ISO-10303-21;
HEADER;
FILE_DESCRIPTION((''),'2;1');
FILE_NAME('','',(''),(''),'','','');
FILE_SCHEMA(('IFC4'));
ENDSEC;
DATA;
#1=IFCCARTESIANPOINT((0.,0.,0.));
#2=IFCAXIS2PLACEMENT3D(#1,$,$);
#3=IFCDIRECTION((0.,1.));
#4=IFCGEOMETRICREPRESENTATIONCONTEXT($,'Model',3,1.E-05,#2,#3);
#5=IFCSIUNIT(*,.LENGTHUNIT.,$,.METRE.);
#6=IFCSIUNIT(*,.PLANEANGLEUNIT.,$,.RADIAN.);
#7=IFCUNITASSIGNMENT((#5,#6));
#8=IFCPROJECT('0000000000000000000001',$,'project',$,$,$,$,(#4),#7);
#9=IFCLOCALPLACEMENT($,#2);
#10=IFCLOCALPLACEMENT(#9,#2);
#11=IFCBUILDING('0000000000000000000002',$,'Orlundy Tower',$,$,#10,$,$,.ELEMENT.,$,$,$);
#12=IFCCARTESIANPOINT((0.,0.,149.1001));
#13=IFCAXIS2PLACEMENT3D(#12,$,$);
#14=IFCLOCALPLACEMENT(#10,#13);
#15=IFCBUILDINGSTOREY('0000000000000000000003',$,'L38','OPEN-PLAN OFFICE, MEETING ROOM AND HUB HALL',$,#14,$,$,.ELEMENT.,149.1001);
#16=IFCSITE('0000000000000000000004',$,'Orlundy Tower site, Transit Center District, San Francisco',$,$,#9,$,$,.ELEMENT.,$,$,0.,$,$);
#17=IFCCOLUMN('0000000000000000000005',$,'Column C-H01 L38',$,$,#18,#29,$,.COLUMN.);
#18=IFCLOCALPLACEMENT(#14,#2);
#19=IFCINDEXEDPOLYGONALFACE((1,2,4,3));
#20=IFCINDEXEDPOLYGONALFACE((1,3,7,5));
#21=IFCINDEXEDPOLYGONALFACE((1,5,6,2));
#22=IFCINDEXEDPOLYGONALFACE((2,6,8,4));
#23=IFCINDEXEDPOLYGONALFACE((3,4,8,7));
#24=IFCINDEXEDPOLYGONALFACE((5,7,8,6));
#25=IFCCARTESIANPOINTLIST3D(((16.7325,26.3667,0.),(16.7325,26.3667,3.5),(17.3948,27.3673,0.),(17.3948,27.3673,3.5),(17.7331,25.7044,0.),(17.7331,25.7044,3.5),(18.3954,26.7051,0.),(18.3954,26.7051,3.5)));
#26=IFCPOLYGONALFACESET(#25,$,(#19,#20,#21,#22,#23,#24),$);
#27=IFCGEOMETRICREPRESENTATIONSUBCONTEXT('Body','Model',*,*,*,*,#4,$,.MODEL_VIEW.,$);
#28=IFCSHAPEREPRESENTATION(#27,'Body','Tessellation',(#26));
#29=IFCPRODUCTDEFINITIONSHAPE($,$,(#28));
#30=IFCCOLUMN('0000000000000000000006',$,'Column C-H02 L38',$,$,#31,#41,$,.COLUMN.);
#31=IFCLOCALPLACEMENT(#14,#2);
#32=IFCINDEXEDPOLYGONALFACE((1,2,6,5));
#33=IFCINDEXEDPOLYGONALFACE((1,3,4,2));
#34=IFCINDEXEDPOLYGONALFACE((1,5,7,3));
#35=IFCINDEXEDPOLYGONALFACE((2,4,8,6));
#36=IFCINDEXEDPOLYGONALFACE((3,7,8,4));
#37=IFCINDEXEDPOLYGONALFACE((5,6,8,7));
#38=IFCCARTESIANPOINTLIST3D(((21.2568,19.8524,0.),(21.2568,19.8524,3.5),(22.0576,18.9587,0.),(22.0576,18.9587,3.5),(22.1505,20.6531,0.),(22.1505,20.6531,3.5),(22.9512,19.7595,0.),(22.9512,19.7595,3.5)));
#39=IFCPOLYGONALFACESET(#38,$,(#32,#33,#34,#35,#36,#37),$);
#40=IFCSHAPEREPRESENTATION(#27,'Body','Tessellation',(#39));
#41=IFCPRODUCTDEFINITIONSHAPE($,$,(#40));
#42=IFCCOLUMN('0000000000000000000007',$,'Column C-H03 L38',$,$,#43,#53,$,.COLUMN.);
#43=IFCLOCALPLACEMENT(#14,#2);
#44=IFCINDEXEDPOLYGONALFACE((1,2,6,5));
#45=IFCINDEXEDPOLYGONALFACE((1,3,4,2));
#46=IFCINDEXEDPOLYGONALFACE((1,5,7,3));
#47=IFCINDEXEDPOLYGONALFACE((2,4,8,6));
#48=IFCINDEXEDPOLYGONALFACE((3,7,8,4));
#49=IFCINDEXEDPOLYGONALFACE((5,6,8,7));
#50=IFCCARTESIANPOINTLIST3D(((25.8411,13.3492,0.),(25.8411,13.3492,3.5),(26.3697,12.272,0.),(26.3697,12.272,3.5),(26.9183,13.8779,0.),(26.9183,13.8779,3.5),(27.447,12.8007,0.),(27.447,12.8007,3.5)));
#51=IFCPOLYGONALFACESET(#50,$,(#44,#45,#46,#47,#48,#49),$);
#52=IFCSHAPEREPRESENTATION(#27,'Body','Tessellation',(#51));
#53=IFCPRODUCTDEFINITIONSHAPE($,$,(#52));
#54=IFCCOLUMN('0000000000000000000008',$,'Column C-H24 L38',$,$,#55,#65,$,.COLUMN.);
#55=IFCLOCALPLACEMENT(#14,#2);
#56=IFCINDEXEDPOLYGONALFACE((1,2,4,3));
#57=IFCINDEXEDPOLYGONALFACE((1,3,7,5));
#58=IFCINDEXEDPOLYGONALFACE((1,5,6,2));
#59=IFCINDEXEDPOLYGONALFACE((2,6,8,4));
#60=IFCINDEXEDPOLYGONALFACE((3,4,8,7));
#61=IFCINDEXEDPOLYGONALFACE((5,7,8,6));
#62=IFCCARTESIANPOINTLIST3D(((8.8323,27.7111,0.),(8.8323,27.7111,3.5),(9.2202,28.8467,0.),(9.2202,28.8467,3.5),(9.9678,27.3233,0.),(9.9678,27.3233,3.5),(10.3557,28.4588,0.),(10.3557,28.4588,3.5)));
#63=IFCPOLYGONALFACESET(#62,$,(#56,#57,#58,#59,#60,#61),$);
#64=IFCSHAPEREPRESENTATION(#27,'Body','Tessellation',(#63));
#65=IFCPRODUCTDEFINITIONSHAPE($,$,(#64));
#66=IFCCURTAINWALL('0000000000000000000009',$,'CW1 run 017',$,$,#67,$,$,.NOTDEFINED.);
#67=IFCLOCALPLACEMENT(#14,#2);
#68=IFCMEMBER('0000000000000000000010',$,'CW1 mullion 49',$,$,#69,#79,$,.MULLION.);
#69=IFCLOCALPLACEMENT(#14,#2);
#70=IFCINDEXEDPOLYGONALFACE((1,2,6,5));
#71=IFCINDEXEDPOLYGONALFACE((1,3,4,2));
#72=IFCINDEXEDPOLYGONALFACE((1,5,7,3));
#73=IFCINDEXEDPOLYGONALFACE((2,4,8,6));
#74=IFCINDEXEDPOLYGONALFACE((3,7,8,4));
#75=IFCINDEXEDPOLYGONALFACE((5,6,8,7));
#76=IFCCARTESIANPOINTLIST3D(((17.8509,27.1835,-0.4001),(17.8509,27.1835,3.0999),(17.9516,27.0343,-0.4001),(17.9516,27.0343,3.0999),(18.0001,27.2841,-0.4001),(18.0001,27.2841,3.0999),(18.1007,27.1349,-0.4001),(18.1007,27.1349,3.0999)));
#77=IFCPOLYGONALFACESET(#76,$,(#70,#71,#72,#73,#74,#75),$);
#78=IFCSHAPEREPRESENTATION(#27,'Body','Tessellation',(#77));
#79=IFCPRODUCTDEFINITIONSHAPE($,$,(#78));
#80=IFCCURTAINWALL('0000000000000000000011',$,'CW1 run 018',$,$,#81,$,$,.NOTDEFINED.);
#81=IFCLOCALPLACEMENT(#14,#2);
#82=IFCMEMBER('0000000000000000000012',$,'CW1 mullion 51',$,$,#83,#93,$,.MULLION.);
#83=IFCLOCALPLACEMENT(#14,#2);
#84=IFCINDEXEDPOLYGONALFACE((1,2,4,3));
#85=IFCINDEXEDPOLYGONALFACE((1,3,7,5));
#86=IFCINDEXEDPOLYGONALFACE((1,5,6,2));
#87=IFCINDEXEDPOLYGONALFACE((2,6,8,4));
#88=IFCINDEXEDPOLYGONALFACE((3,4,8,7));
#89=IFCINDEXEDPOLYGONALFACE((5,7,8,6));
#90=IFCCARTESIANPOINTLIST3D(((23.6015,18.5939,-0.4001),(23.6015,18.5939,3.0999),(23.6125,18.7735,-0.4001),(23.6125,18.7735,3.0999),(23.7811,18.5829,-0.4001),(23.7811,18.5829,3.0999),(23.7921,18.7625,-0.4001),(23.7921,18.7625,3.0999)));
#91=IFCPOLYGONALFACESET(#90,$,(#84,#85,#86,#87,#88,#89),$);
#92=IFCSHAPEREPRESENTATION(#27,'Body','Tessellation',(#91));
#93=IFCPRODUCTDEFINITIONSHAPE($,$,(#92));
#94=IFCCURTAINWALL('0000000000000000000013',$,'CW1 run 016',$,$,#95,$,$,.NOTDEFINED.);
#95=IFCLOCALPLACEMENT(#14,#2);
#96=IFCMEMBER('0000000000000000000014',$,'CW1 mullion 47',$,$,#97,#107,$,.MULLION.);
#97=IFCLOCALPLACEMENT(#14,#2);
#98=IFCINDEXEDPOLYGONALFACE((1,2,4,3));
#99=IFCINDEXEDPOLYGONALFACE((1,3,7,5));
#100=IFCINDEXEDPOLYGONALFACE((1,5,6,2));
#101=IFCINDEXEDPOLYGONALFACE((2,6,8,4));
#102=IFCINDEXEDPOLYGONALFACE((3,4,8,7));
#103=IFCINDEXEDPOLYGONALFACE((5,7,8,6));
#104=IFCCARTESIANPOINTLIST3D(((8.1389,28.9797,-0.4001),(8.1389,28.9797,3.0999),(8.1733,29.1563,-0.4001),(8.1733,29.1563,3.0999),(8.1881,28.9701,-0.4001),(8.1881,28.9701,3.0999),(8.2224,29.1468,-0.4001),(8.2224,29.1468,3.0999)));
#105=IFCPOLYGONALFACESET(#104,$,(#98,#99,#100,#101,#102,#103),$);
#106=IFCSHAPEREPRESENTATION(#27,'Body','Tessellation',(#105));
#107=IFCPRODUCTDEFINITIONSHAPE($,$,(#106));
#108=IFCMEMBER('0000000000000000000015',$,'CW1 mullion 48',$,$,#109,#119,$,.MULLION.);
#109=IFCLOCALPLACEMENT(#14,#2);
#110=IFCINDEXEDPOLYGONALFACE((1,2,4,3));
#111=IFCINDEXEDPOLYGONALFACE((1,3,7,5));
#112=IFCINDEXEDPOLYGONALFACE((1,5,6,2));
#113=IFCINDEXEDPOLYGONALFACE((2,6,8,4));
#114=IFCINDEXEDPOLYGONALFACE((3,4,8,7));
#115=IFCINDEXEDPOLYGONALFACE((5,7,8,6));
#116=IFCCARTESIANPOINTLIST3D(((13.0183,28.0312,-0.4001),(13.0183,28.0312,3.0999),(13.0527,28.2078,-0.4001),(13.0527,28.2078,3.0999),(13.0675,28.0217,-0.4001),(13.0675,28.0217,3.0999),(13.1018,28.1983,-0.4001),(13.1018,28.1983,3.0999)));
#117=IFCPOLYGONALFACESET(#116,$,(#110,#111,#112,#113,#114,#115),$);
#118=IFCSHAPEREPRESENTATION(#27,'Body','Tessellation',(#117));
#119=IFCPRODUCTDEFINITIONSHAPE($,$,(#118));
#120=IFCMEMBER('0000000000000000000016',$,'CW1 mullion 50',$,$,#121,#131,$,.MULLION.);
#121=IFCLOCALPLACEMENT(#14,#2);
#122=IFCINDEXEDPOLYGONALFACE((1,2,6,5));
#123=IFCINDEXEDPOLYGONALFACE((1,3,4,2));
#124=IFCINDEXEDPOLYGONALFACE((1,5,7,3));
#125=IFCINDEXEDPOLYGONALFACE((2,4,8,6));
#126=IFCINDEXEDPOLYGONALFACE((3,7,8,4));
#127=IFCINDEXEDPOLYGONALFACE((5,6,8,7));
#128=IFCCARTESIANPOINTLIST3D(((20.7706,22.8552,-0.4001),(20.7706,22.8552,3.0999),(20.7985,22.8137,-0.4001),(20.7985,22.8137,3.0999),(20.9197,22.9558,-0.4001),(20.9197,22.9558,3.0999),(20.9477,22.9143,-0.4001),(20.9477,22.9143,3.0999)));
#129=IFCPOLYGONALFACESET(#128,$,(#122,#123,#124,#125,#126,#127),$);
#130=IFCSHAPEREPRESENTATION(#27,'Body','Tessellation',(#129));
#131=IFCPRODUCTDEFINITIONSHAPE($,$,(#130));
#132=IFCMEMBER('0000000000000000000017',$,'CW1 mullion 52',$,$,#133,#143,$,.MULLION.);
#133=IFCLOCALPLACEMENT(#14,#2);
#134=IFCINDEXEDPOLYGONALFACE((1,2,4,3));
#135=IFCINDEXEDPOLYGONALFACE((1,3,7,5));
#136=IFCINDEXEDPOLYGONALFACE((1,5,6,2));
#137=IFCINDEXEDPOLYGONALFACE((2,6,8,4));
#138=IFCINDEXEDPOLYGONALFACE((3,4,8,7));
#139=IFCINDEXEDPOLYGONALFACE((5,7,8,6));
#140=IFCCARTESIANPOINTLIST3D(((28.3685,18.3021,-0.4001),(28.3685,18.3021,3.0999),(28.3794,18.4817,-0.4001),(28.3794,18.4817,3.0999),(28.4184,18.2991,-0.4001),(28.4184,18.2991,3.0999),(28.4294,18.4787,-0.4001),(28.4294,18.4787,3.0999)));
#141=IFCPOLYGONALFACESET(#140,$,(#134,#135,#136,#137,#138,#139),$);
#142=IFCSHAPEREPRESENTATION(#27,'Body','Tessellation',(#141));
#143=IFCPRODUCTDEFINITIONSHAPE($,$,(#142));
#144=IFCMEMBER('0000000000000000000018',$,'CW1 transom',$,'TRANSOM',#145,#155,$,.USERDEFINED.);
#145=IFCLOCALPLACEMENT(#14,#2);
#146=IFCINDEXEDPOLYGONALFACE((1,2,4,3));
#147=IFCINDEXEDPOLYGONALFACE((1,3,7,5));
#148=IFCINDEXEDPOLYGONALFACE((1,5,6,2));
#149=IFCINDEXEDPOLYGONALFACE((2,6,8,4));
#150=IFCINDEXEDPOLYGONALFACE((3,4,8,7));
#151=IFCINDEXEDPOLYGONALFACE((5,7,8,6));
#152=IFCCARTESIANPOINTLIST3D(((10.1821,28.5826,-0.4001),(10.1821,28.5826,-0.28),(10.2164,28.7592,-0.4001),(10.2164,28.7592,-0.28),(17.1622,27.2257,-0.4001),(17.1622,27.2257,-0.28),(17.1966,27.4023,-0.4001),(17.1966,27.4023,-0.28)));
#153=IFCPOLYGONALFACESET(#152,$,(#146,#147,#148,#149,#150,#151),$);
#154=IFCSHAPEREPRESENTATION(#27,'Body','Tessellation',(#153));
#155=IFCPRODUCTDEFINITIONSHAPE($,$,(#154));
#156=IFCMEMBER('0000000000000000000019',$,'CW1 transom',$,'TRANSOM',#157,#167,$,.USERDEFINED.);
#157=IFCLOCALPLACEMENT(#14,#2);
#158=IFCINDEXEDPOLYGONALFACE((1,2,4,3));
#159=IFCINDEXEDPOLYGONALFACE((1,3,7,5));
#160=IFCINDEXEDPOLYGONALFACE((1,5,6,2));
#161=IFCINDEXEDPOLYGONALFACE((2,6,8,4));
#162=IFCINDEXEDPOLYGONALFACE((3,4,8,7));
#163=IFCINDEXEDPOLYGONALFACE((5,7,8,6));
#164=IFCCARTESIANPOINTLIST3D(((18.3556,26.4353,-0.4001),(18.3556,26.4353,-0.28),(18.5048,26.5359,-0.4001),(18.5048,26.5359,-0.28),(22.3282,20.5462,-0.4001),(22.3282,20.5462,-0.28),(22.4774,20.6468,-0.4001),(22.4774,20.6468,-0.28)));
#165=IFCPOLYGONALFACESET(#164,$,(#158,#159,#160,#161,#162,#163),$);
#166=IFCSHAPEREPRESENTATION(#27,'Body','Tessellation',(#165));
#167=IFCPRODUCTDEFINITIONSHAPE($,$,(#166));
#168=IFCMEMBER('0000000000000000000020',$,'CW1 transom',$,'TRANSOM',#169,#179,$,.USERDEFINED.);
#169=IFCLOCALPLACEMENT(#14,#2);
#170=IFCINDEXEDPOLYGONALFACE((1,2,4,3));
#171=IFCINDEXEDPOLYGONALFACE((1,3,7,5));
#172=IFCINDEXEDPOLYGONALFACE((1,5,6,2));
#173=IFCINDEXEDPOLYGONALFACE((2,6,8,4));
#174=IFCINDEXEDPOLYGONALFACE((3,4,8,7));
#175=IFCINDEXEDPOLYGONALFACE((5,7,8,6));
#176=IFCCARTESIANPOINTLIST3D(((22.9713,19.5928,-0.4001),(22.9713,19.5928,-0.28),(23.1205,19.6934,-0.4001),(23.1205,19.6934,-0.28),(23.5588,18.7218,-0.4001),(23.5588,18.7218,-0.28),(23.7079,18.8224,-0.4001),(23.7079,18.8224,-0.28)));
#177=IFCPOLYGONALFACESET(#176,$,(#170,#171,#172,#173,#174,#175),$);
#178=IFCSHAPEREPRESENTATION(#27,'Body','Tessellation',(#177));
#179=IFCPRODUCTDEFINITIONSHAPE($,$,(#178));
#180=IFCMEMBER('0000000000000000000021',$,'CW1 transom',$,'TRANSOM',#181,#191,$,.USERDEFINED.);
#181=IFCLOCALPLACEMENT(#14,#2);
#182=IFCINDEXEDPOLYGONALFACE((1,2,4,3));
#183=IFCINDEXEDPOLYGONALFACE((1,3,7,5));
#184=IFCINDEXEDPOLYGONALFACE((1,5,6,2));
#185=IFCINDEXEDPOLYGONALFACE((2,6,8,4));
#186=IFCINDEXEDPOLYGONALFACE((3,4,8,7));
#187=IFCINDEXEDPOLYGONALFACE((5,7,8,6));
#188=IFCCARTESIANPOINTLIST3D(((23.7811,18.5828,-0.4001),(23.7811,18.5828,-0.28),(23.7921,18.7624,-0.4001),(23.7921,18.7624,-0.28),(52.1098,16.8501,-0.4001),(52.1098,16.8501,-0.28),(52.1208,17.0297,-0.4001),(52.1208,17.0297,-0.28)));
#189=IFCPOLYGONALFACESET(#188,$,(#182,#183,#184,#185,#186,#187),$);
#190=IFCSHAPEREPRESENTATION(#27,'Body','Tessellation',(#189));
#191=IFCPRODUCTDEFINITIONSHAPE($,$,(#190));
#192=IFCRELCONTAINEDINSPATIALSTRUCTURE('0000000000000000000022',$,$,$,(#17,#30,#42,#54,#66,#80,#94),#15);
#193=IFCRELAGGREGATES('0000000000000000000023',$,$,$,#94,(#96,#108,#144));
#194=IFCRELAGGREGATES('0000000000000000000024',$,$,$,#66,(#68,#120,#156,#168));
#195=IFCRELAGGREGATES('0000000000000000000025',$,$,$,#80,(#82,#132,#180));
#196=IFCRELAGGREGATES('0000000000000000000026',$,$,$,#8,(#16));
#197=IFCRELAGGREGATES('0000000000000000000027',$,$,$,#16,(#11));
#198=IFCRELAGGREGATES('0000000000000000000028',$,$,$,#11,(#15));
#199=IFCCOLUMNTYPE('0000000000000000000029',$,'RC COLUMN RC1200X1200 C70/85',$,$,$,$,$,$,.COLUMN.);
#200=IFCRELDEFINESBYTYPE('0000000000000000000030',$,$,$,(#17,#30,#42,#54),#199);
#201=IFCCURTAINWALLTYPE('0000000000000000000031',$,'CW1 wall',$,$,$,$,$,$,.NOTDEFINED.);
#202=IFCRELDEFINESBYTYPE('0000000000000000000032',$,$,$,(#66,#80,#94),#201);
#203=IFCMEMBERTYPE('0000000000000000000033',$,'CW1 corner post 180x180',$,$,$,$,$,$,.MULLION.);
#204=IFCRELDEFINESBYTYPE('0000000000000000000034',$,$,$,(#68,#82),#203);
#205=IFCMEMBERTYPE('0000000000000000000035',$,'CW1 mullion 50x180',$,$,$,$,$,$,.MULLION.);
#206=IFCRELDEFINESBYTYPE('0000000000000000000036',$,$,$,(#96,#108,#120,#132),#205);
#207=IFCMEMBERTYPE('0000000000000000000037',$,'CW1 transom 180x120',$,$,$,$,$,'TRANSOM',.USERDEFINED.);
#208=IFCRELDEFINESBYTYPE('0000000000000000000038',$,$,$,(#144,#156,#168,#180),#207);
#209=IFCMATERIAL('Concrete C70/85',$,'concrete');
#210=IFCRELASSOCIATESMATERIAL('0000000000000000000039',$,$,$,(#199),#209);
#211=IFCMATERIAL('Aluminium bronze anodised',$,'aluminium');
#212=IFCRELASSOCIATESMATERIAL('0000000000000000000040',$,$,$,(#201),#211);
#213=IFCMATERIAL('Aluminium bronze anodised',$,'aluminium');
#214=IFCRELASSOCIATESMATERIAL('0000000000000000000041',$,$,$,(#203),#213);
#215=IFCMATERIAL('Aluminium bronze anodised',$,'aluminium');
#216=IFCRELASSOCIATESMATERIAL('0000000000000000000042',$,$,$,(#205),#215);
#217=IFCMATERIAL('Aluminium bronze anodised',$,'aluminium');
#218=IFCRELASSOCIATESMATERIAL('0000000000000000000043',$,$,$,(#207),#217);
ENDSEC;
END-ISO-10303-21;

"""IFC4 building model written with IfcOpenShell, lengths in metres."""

from ifc_helpers import new_model, si_unit, direction, frame, origin, origin_2d, place, context, subcontext, project, spatial, rectangle, extrude, material, material_profile, profile_set, type_object, element, aggregate, save


model = new_model("IFC4")

# Units and contexts
model_context = context("Model", 3, precision=1e-05, world=origin(), true_north=direction((0.0, 1.0)))
body_context = subcontext(model_context, "Body", "Model", "MODEL_VIEW")
ifc_project = project(units=[si_unit("LENGTHUNIT", "METRE"), si_unit("PLANEANGLEUNIT", "RADIAN")], contexts=[model_context])

# Site, building, storey
site_placement = place(None, origin())
site = spatial("IfcSite", under=ifc_project, at=site_placement, Name="Orlundy Tower site, Transit Center District, San Francisco", CompositionType="ELEMENT", RefElevation=0.0)
building_placement = place(site_placement, origin())
building = spatial("IfcBuilding", under=site, at=building_placement, Name="Orlundy Tower", CompositionType="ELEMENT")
storey_placement = place(building_placement, frame((0.0, 0.0, 149.1001)))
storey = spatial("IfcBuildingStorey", under=building, at=storey_placement, Name="L38", Description="OPEN-PLAN OFFICE, MEETING ROOM AND HUB HALL", CompositionType="ELEMENT", Elevation=149.1001)

# Columns
ifc_material_1 = material(Name="Concrete C70/85", Category="concrete")
ifc_material_profile_1 = material_profile(ifc_material_1, rectangle(XDim=1.2, YDim=1.2, at=origin_2d()), Name="RC1200X1200")
ifc_profile_set_1 = profile_set([ifc_material_profile_1], Name="Concrete C70/85")
column_type = type_object("IfcColumnType", Name="RC COLUMN RC1200X1200 C70/85", PredefinedType="COLUMN", material=ifc_profile_set_1)
for number, where, z_axis, x_axis, name in (
    (1, (17.564, 26.5359, 0.0), (0.0, 0.0, 1.0), (0.551937, 0.833886, 0.0), "Column C-H01 L38"),
    (2, (22.104, 19.8059, 0.0), (0.0, 0.0, 1.0), (0.744754, 0.667339, 0.0), "Column C-H02 L38"),
    (3, (26.644, 13.075, 0.0), (0.0, 0.0, 1.0), (0.897728, 0.44055, 0.0), "Column C-H03 L38"),
    (4, (9.594, 28.085, 0.0), (0.0, 0.0, 1.0), (0.323257, 0.946311, 0.0), "Column C-H24 L38"),
):
    element("IfcColumn", number, at=place(storey_placement, frame(where, z_axis=z_axis, x_axis=x_axis)), inside=storey, type_object=column_type, Name=name, PredefinedType="COLUMN", context=body_context, shape_type="SweptSolid", body=[
        extrude(rectangle(XDim=1.2, YDim=1.2, at=origin_2d()), origin(), (0.0, 0.0, 1.0), 3.5),
    ])

# Curtain walls, members
ifc_material_2 = material(Name="Aluminium bronze anodised", Category="aluminium")
curtain_wall_type = type_object("IfcCurtainWallType", Name="CW1 wall", PredefinedType="NOTDEFINED", material=ifc_material_2)
curtain_wall_1_placement = place(storey_placement, origin())
curtain_wall_1 = element("IfcCurtainWall", 5, at=curtain_wall_1_placement, inside=storey, type_object=curtain_wall_type, Name="CW1 run 017", PredefinedType="NOTDEFINED")
ifc_material_3 = material(Name="Aluminium bronze anodised", Category="aluminium")
ifc_material_profile_2 = material_profile(ifc_material_3, rectangle(XDim=0.1799, YDim=0.1799, at=origin_2d()), Name="CW1 corner post 180x180")
ifc_profile_set_2 = profile_set([ifc_material_profile_2], Name="Aluminium bronze anodised")
member_type_1 = type_object("IfcMemberType", Name="CW1 corner post 180x180", PredefinedType="MULLION", material=ifc_profile_set_2)
member_1_placement = place(storey_placement, frame((17.9758, 27.1592, -0.4001), z_axis=(0.0, 0.0, 1.0), x_axis=(0.829017, 0.559223, 0.0)))
member_1 = element("IfcMember", 6, at=member_1_placement, type_object=member_type_1, Name="CW1 mullion 49", PredefinedType="MULLION", context=body_context, shape_type="SweptSolid", body=[
    extrude(rectangle(XDim=0.1799, YDim=0.1799, at=origin_2d()), origin(), (0.0, 0.0, 1.0), 3.5),
])
curtain_wall_2_placement = place(storey_placement, origin())
curtain_wall_2 = element("IfcCurtainWall", 7, at=curtain_wall_2_placement, inside=storey, type_object=curtain_wall_type, Name="CW1 run 018", PredefinedType="NOTDEFINED")
member_2_placement = place(storey_placement, frame((23.6968, 18.6782, -0.4001), z_axis=(0.0, 0.0, 1.0), x_axis=(0.061054, 0.998134, 0.0)))
member_2 = element("IfcMember", 8, at=member_2_placement, type_object=member_type_1, Name="CW1 mullion 51", PredefinedType="MULLION", context=body_context, shape_type="SweptSolid", body=[
    extrude(rectangle(XDim=0.1799, YDim=0.1799, at=origin_2d()), origin(), (0.0, 0.0, 1.0), 3.5),
])

# Curtain wall, members
curtain_wall_3_placement = place(storey_placement, origin())
curtain_wall_3 = element("IfcCurtainWall", 9, at=curtain_wall_3_placement, inside=storey, type_object=curtain_wall_type, Name="CW1 run 016", PredefinedType="NOTDEFINED")
ifc_material_4 = material(Name="Aluminium bronze anodised", Category="aluminium")
ifc_material_profile_3 = material_profile(ifc_material_4, rectangle(XDim=0.1799, YDim=0.05, at=origin_2d()), Name="CW1 mullion 50x180")
ifc_profile_set_3 = profile_set([ifc_material_profile_3], Name="Aluminium bronze anodised")
member_type_2 = type_object("IfcMemberType", Name="CW1 mullion 50x180", PredefinedType="MULLION", material=ifc_profile_set_3)
member_3_placement = place(storey_placement, frame((8.1807, 29.0632, -0.4001), z_axis=(0.0, 0.0, 1.0), x_axis=(0.190805, 0.981628, 0.0)))
member_3 = element("IfcMember", 10, at=member_3_placement, type_object=member_type_2, Name="CW1 mullion 47", PredefinedType="MULLION", context=body_context, shape_type="SweptSolid", body=[
    extrude(rectangle(XDim=0.1799, YDim=0.05, at=origin_2d()), origin(), (0.0, 0.0, 1.0), 3.5),
])
member_4_placement = place(storey_placement, frame((13.0601, 28.1147, -0.4001), z_axis=(0.0, 0.0, 1.0), x_axis=(0.190805, 0.981628, 0.0)))
member_4 = element("IfcMember", 11, at=member_4_placement, type_object=member_type_2, Name="CW1 mullion 48", PredefinedType="MULLION", context=body_context, shape_type="SweptSolid", body=[
    extrude(rectangle(XDim=0.1799, YDim=0.05, at=origin_2d()), origin(), (0.0, 0.0, 1.0), 3.5),
])

# Members
member_5_placement = place(storey_placement, frame((20.8591, 22.8848, -0.4001), z_axis=(0.0, 0.0, 1.0), x_axis=(0.829017, 0.559223, 0.0)))
member_5 = element("IfcMember", 12, at=member_5_placement, type_object=member_type_2, Name="CW1 mullion 50", PredefinedType="MULLION", context=body_context, shape_type="SweptSolid", body=[
    extrude(rectangle(XDim=0.1799, YDim=0.05, at=origin_2d()), origin(), (0.0, 0.0, 1.0), 3.5),
])
member_6_placement = place(storey_placement, frame((28.3989, 18.3904, -0.4001), z_axis=(0.0, 0.0, 1.0), x_axis=(0.061054, 0.998134, 0.0)))
member_6 = element("IfcMember", 13, at=member_6_placement, type_object=member_type_2, Name="CW1 mullion 52", PredefinedType="MULLION", context=body_context, shape_type="SweptSolid", body=[
    extrude(rectangle(XDim=0.1799, YDim=0.05, at=origin_2d()), origin(), (0.0, 0.0, 1.0), 3.5),
])
ifc_material_5 = material(Name="Aluminium bronze anodised", Category="aluminium")
ifc_material_profile_4 = material_profile(ifc_material_5, rectangle(XDim=0.1799, YDim=0.1201, at=origin_2d()), Name="CW1 transom 180x120")
ifc_profile_set_4 = profile_set([ifc_material_profile_4], Name="Aluminium bronze anodised")
member_type_3 = type_object("IfcMemberType", Name="CW1 transom 180x120", ElementType="TRANSOM", PredefinedType="USERDEFINED", material=ifc_profile_set_4)
member_7_placement = place(storey_placement, frame((10.1992, 28.6709, -0.3401), z_axis=(0.981624, -0.190825, 0.0), x_axis=(0.190825, 0.981624, 0.0)))
member_7 = element("IfcMember", 14, at=member_7_placement, type_object=member_type_3, Name="CW1 transom", ObjectType="TRANSOM", PredefinedType="USERDEFINED", context=body_context, shape_type="SweptSolid", body=[
    extrude(rectangle(XDim=0.1799, YDim=0.1201, at=origin_2d()), origin(), (0.0, 0.0, 1.0), 7.1108),
])
member_8_placement = place(storey_placement, frame((18.4302, 26.4856, -0.3401), z_axis=(0.559228, -0.829014, 0.0), x_axis=(0.829014, 0.559228, 0.0)))
member_8 = element("IfcMember", 15, at=member_8_placement, type_object=member_type_3, Name="CW1 transom", ObjectType="TRANSOM", PredefinedType="USERDEFINED", context=body_context, shape_type="SweptSolid", body=[
    extrude(rectangle(XDim=0.1799, YDim=0.1201, at=origin_2d()), origin(), (0.0, 0.0, 1.0), 7.1038),
])
member_9_placement = place(storey_placement, frame((23.0459, 19.6431, -0.3401), z_axis=(0.559197, -0.829035, 0.0), x_axis=(0.829035, 0.559197, 0.0)))
member_9 = element("IfcMember", 16, at=member_9_placement, type_object=member_type_3, Name="CW1 transom", ObjectType="TRANSOM", PredefinedType="USERDEFINED", context=body_context, shape_type="SweptSolid", body=[
    extrude(rectangle(XDim=0.1799, YDim=0.1201, at=origin_2d()), origin(), (0.0, 0.0, 1.0), 1.0505),
])
member_10_placement = place(storey_placement, frame((23.7866, 18.6726, -0.3401), z_axis=(0.998135, -0.061049, 0.0), x_axis=(0.061049, 0.998135, 0.0)))
member_10 = element("IfcMember", 17, at=member_10_placement, type_object=member_type_3, Name="CW1 transom", ObjectType="TRANSOM", PredefinedType="USERDEFINED", context=body_context, shape_type="SweptSolid", body=[
    extrude(rectangle(XDim=0.1799, YDim=0.1201, at=origin_2d()), origin(), (0.0, 0.0, 1.0), 28.3816),
])

aggregate(curtain_wall_3, [member_3, member_4, member_7])
aggregate(curtain_wall_1, [member_1, member_5, member_8, member_9])
aggregate(curtain_wall_2, [member_2, member_6, member_10])

save(model, "model.ifc")
